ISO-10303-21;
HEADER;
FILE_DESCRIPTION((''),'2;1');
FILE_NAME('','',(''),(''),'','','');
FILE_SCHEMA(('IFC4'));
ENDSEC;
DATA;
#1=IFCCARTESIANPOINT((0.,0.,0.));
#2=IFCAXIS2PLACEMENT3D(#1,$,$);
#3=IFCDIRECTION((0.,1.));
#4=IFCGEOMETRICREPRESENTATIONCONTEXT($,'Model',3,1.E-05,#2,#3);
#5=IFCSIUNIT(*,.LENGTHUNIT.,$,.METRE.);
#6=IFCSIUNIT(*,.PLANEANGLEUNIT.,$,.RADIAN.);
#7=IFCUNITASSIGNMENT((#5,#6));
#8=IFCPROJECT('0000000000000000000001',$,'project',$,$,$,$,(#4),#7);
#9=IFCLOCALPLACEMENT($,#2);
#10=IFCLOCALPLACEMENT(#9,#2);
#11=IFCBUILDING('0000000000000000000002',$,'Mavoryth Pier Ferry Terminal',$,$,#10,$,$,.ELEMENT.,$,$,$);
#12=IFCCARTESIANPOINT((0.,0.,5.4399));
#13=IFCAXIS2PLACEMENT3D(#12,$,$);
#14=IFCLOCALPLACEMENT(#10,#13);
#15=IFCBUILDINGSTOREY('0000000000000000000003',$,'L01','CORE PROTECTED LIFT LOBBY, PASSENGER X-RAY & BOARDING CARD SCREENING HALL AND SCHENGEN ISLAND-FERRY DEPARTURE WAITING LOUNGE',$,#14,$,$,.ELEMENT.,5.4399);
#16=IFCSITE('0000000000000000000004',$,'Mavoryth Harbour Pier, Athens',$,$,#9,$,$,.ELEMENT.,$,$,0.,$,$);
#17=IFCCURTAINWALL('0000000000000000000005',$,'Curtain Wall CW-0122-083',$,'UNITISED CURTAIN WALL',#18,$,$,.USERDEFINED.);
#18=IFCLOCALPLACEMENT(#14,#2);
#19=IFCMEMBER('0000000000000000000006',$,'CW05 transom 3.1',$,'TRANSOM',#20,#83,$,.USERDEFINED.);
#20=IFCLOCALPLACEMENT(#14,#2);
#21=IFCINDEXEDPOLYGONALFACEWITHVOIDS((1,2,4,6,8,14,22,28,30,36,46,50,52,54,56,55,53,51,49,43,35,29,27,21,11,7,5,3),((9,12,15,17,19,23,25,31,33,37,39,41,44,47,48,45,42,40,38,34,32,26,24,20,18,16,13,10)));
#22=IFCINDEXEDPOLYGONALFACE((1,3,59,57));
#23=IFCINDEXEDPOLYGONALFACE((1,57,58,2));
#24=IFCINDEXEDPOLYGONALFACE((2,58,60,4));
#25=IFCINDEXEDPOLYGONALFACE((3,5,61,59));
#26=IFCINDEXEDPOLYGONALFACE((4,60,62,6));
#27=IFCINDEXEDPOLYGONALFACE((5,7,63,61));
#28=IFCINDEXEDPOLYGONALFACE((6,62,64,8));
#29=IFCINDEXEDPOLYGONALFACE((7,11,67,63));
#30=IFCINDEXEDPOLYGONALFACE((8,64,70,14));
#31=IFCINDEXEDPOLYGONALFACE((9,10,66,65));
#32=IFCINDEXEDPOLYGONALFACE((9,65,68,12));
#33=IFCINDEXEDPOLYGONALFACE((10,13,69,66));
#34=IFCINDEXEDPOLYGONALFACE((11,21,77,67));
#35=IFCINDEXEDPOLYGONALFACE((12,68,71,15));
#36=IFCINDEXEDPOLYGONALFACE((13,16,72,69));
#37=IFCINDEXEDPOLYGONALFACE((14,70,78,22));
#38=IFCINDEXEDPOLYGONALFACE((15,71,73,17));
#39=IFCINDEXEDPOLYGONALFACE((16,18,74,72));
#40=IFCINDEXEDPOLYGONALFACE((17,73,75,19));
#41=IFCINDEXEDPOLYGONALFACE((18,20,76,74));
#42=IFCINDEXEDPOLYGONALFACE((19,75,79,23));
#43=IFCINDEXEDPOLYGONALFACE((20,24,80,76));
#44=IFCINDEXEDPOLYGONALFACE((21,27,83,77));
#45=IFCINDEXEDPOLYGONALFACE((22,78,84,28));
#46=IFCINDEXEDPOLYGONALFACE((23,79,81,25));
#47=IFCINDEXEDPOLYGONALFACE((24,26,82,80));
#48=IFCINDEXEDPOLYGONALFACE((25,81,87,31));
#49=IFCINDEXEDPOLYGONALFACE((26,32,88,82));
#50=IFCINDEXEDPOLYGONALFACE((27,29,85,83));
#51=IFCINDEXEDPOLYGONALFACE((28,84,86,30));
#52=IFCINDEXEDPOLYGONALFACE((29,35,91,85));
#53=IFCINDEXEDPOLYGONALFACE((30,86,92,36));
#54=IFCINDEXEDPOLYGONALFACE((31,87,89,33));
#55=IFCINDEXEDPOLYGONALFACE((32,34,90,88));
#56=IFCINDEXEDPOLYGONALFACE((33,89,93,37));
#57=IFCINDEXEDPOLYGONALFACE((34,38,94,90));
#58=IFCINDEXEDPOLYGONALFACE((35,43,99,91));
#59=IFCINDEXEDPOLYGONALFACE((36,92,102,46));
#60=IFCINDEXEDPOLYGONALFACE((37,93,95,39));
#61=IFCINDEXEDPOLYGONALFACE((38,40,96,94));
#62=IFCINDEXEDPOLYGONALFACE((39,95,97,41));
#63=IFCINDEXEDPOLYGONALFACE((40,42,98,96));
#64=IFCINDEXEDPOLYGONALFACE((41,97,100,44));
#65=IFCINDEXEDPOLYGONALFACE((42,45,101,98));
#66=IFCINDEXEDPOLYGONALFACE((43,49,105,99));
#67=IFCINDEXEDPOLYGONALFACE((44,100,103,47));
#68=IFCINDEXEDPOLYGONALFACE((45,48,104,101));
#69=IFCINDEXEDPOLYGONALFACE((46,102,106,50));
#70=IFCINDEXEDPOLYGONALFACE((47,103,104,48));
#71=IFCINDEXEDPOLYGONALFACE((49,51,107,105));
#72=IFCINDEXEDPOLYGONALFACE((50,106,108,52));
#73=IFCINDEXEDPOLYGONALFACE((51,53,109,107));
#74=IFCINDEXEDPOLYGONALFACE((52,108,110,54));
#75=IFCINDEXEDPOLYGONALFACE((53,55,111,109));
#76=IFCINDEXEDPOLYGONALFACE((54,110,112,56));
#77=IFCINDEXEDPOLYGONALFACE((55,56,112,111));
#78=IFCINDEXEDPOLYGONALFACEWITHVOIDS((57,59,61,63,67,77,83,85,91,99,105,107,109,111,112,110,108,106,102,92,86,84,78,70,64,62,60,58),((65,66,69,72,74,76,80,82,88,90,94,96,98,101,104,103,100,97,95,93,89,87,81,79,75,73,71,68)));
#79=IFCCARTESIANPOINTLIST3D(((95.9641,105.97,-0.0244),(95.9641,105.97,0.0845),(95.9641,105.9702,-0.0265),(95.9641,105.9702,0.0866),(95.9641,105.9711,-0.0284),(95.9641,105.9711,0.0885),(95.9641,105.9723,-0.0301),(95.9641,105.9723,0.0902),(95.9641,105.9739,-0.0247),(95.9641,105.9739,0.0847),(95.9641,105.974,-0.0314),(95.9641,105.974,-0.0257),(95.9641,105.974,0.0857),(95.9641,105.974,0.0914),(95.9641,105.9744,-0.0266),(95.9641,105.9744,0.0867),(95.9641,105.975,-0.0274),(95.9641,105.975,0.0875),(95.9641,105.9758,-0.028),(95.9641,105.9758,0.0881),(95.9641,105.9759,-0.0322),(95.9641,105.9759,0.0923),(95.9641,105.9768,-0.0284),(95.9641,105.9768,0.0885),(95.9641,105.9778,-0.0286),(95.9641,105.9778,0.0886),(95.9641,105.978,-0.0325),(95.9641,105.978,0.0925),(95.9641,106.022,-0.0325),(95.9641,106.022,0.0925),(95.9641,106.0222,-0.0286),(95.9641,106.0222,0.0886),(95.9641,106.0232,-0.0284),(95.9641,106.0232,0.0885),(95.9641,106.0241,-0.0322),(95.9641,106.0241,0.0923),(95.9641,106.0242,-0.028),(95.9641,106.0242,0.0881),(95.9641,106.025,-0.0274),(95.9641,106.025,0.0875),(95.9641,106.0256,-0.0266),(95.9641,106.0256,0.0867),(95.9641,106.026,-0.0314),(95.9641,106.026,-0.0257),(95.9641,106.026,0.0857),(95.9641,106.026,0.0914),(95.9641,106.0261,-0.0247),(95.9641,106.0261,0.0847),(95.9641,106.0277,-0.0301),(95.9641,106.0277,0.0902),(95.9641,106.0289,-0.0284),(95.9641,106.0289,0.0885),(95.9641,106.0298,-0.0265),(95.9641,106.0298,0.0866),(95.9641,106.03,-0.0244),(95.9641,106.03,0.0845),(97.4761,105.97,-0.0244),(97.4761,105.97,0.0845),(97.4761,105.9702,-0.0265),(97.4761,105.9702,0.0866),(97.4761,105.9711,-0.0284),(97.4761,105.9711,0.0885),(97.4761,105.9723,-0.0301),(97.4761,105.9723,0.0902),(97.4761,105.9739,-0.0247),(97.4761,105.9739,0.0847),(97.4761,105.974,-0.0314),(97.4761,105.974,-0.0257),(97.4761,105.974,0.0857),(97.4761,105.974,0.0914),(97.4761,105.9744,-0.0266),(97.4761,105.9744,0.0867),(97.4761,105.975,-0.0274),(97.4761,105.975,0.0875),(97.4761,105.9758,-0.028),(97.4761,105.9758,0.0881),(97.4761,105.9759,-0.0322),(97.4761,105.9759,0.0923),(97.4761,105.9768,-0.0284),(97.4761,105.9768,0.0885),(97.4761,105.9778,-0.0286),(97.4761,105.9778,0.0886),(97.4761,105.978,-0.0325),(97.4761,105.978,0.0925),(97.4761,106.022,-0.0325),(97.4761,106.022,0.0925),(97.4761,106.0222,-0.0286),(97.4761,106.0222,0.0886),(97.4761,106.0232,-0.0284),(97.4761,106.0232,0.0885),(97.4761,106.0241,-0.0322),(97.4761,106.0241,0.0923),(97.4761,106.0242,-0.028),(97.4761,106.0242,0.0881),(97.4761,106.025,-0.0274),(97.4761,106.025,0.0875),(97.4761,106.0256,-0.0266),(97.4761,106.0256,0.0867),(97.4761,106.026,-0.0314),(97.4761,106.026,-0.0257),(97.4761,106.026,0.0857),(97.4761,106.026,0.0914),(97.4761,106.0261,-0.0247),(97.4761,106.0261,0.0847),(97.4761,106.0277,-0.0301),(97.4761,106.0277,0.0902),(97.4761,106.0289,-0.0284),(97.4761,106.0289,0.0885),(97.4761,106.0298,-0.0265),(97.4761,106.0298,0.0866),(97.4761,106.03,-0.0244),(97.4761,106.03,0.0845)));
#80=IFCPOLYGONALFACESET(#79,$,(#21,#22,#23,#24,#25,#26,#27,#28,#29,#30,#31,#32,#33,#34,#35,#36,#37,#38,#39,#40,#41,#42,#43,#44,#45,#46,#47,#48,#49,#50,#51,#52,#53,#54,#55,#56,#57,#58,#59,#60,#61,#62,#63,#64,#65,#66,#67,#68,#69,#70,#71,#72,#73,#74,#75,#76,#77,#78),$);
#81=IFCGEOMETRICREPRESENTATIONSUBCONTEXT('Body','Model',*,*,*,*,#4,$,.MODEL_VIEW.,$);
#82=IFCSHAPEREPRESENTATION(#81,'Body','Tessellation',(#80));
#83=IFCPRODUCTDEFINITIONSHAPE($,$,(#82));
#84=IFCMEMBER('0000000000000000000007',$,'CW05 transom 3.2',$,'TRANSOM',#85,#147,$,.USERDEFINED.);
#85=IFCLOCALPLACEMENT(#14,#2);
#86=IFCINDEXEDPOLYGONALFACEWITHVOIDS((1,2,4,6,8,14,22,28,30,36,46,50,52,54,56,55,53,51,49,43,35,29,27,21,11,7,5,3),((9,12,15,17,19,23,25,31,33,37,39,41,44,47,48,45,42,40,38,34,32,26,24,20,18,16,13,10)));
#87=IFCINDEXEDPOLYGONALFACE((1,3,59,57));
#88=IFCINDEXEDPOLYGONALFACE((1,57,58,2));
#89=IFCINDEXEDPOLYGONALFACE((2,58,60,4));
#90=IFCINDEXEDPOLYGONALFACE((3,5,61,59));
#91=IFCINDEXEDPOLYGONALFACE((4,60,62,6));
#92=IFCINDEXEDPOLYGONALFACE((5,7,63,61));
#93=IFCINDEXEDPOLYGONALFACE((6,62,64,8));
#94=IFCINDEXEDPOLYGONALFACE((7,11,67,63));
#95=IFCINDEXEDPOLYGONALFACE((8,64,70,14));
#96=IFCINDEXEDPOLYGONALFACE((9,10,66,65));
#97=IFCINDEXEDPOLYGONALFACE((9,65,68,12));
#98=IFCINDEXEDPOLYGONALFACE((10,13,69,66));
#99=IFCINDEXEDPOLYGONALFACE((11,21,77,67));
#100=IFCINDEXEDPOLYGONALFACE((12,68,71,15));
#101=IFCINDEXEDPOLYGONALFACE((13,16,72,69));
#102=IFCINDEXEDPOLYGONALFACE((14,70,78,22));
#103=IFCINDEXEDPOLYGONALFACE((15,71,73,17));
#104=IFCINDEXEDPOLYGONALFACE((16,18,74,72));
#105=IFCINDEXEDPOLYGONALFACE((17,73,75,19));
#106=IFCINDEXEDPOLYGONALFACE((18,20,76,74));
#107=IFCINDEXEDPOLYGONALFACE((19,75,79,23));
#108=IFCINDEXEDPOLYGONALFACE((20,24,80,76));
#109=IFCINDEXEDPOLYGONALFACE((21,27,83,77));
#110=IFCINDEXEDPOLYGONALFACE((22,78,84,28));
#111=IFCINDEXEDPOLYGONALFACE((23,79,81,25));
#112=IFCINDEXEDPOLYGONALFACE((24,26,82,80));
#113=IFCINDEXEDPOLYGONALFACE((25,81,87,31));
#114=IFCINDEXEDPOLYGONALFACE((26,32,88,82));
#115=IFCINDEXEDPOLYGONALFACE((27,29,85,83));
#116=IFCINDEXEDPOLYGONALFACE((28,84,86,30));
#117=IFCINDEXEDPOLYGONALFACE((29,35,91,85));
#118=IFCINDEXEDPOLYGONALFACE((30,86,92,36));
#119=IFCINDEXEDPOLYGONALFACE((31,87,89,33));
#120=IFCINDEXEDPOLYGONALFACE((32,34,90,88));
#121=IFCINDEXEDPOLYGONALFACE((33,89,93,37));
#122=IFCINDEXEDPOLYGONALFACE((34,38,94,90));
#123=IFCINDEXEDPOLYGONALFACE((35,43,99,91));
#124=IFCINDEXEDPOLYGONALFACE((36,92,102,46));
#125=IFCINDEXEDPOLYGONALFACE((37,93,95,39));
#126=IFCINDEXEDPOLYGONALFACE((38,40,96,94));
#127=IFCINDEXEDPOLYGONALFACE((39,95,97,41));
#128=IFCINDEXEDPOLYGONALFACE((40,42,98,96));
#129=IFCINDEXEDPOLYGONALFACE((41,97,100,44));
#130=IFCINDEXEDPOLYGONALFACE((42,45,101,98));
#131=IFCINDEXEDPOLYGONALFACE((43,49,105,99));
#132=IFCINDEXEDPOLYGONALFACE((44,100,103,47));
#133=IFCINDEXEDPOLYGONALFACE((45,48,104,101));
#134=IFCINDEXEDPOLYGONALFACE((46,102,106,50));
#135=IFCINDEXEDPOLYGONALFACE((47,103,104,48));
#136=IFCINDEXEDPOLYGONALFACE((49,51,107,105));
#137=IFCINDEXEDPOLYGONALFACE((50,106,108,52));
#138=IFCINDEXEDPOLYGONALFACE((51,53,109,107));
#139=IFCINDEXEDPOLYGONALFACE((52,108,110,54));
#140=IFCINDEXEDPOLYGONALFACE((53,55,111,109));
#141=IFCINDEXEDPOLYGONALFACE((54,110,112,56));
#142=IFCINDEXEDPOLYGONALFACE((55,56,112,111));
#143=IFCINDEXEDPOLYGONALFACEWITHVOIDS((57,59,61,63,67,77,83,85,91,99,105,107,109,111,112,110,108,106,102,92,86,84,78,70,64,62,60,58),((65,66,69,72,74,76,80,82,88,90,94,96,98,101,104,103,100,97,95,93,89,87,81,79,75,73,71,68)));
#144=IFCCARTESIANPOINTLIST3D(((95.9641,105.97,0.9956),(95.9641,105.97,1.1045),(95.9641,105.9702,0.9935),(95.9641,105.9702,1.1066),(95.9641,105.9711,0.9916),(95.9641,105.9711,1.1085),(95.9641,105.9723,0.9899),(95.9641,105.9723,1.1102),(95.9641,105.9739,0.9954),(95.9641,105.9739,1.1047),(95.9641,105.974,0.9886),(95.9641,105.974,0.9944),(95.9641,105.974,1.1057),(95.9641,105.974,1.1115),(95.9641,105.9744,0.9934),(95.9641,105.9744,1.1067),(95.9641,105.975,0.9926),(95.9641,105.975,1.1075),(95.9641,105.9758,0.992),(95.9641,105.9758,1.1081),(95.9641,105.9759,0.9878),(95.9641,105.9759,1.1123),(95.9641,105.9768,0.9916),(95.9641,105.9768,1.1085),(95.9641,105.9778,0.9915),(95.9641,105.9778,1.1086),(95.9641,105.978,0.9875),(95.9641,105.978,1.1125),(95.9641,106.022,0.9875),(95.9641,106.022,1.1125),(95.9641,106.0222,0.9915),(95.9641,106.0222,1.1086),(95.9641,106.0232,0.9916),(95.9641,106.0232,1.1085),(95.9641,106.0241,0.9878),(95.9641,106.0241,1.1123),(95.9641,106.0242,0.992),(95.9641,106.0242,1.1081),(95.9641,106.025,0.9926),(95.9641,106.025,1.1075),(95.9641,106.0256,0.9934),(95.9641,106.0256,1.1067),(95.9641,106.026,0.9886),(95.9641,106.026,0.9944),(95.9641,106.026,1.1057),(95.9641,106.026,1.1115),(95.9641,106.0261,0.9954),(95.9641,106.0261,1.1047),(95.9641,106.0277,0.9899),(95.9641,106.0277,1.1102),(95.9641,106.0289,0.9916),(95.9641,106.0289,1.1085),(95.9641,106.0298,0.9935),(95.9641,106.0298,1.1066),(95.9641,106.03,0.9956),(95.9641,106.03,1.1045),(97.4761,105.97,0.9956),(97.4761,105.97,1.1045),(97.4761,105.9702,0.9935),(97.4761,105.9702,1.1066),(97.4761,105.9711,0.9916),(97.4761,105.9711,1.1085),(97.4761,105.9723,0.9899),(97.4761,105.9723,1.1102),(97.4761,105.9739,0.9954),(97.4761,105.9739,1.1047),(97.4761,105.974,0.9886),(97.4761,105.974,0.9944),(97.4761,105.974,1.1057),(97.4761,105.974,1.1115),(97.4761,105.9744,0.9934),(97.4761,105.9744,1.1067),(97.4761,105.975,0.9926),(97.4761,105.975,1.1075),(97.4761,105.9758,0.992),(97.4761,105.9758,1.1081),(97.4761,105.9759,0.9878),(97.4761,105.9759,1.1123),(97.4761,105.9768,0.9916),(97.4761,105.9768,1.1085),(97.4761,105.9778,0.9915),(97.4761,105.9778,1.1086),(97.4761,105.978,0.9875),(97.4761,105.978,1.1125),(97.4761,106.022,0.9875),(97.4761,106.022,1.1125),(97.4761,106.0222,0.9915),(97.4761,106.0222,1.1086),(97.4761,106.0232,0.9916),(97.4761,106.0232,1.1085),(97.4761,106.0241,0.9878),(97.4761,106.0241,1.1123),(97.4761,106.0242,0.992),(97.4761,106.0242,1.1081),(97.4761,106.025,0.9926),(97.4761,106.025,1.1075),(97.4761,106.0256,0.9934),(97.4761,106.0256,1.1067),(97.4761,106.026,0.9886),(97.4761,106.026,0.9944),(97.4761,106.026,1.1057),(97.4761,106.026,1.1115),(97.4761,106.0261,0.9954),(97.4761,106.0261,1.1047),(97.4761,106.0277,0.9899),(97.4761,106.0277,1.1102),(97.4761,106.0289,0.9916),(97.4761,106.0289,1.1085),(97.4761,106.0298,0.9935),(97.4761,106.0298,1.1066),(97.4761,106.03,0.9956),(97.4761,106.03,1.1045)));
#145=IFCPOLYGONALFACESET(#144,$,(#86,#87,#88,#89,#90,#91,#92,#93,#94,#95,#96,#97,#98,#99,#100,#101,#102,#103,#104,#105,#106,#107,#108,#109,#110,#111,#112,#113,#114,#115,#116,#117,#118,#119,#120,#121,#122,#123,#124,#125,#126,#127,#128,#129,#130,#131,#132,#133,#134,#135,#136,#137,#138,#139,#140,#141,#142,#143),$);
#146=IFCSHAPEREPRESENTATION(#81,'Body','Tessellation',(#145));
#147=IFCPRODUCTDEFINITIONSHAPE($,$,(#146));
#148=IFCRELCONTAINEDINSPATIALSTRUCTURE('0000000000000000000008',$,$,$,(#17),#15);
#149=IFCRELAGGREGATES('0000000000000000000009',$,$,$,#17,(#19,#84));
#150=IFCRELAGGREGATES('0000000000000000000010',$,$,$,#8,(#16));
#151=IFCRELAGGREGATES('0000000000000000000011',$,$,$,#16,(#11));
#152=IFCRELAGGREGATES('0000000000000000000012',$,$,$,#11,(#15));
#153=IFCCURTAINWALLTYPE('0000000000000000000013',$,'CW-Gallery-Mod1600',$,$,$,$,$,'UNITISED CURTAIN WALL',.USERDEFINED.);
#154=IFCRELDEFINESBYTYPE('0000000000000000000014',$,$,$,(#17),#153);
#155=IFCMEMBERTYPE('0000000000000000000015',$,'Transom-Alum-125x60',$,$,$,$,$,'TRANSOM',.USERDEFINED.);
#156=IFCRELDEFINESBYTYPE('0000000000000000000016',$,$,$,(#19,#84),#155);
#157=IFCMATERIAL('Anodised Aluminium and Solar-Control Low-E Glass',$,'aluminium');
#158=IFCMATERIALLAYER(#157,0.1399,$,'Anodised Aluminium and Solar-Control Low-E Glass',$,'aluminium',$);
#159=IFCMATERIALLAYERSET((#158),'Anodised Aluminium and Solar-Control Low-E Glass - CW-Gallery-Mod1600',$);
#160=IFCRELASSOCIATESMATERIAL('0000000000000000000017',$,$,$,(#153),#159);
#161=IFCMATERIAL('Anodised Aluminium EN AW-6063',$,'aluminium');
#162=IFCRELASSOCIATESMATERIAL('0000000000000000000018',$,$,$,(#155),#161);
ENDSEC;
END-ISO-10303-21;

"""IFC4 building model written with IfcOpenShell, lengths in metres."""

from ifc_helpers import new_model, si_unit, direction, frame, origin, origin_2d, place, context, subcontext, project, spatial, hollow_rectangle, extrude, material, layer, layer_set, material_profile, profile_set, type_object, element, aggregate, save


model = new_model("IFC4")

# Units and contexts
model_context = context("Model", 3, precision=1e-05, world=origin(), true_north=direction((0.0, 1.0)))
body_context = subcontext(model_context, "Body", "Model", "MODEL_VIEW")
ifc_project = project(units=[si_unit("LENGTHUNIT", "METRE"), si_unit("PLANEANGLEUNIT", "RADIAN")], contexts=[model_context])

# Site, building, storey
site_placement = place(None, origin())
site = spatial("IfcSite", under=ifc_project, at=site_placement, Name="Mavoryth Harbour Pier, Athens", CompositionType="ELEMENT", RefElevation=0.0)
building_placement = place(site_placement, origin())
building = spatial("IfcBuilding", under=site, at=building_placement, Name="Mavoryth Pier Ferry Terminal", CompositionType="ELEMENT")
storey_placement = place(building_placement, frame((0.0, 0.0, 5.4399)))
storey = spatial("IfcBuildingStorey", under=building, at=storey_placement, Name="L01", Description="CORE PROTECTED LIFT LOBBY, PASSENGER X-RAY & BOARDING CARD SCREENING HALL AND SCHENGEN ISLAND-FERRY DEPARTURE WAITING LOUNGE", CompositionType="ELEMENT", Elevation=5.4399)

# Curtain wall
ifc_material_1 = material(Name="Anodised Aluminium and Solar-Control Low-E Glass", Category="aluminium")
ifc_layer_1 = layer(ifc_material_1, 0.1399, Name="Anodised Aluminium and Solar-Control Low-E Glass", Category="aluminium")
ifc_layer_set_1 = layer_set([ifc_layer_1], Name="Anodised Aluminium and Solar-Control Low-E Glass - CW-Gallery-Mod1600")
curtain_wall_type = type_object("IfcCurtainWallType", Name="CW-Gallery-Mod1600", ElementType="UNITISED CURTAIN WALL", PredefinedType="USERDEFINED", material=ifc_layer_set_1)
curtain_wall_1_placement = place(storey_placement, origin())
curtain_wall_1 = element("IfcCurtainWall", 1, at=curtain_wall_1_placement, inside=storey, type_object=curtain_wall_type, Name="Curtain Wall CW-0122-083", ObjectType="UNITISED CURTAIN WALL", PredefinedType="USERDEFINED")
ifc_material_2 = material(Name="Anodised Aluminium EN AW-6063", Category="aluminium")

# Members
ifc_material_profile_1 = material_profile(ifc_material_2, hollow_rectangle(XDim=0.0601, YDim=0.125, WallThickness=0.0039, InnerFilletRadius=0.0039, OuterFilletRadius=0.0081, at=origin_2d()), Name="AL-TRAN 125x60x4", Category="aluminium")
ifc_profile_set_1 = profile_set([ifc_material_profile_1], Name="Anodised Aluminium EN AW-6063 - AL-TRAN 125x60x4")
member_type_1 = type_object("IfcMemberType", Name="Transom-Alum-125x60", ElementType="TRANSOM", PredefinedType="USERDEFINED", material=ifc_profile_set_1)
member_1_placement = place(storey_placement, frame((95.9641, 106.0, 0.03), z_axis=(1.0, 0.0, 0.0), x_axis=(0.0, 1.0, 0.0)))
member_1 = element("IfcMember", 2, at=member_1_placement, type_object=member_type_1, Name="CW05 transom 3.1", ObjectType="TRANSOM", PredefinedType="USERDEFINED", context=body_context, shape_type="SweptSolid", body=[
    extrude(hollow_rectangle(XDim=0.0601, YDim=0.125, WallThickness=0.0039, InnerFilletRadius=0.0039, OuterFilletRadius=0.0081, at=origin_2d()), origin(), (0.0, 0.0, 1.0), 1.512),
])
member_2_placement = place(storey_placement, frame((95.9641, 106.0, 1.05), z_axis=(1.0, 0.0, 0.0), x_axis=(0.0, 1.0, 0.0)))
member_2 = element("IfcMember", 3, at=member_2_placement, type_object=member_type_1, Name="CW05 transom 3.2", ObjectType="TRANSOM", PredefinedType="USERDEFINED", context=body_context, shape_type="SweptSolid", body=[
    extrude(hollow_rectangle(XDim=0.0601, YDim=0.125, WallThickness=0.0039, InnerFilletRadius=0.0039, OuterFilletRadius=0.0081, at=origin_2d()), origin(), (0.0, 0.0, 1.0), 1.512),
])

aggregate(curtain_wall_1, [member_1, member_2])

save(model, "model.ifc")
